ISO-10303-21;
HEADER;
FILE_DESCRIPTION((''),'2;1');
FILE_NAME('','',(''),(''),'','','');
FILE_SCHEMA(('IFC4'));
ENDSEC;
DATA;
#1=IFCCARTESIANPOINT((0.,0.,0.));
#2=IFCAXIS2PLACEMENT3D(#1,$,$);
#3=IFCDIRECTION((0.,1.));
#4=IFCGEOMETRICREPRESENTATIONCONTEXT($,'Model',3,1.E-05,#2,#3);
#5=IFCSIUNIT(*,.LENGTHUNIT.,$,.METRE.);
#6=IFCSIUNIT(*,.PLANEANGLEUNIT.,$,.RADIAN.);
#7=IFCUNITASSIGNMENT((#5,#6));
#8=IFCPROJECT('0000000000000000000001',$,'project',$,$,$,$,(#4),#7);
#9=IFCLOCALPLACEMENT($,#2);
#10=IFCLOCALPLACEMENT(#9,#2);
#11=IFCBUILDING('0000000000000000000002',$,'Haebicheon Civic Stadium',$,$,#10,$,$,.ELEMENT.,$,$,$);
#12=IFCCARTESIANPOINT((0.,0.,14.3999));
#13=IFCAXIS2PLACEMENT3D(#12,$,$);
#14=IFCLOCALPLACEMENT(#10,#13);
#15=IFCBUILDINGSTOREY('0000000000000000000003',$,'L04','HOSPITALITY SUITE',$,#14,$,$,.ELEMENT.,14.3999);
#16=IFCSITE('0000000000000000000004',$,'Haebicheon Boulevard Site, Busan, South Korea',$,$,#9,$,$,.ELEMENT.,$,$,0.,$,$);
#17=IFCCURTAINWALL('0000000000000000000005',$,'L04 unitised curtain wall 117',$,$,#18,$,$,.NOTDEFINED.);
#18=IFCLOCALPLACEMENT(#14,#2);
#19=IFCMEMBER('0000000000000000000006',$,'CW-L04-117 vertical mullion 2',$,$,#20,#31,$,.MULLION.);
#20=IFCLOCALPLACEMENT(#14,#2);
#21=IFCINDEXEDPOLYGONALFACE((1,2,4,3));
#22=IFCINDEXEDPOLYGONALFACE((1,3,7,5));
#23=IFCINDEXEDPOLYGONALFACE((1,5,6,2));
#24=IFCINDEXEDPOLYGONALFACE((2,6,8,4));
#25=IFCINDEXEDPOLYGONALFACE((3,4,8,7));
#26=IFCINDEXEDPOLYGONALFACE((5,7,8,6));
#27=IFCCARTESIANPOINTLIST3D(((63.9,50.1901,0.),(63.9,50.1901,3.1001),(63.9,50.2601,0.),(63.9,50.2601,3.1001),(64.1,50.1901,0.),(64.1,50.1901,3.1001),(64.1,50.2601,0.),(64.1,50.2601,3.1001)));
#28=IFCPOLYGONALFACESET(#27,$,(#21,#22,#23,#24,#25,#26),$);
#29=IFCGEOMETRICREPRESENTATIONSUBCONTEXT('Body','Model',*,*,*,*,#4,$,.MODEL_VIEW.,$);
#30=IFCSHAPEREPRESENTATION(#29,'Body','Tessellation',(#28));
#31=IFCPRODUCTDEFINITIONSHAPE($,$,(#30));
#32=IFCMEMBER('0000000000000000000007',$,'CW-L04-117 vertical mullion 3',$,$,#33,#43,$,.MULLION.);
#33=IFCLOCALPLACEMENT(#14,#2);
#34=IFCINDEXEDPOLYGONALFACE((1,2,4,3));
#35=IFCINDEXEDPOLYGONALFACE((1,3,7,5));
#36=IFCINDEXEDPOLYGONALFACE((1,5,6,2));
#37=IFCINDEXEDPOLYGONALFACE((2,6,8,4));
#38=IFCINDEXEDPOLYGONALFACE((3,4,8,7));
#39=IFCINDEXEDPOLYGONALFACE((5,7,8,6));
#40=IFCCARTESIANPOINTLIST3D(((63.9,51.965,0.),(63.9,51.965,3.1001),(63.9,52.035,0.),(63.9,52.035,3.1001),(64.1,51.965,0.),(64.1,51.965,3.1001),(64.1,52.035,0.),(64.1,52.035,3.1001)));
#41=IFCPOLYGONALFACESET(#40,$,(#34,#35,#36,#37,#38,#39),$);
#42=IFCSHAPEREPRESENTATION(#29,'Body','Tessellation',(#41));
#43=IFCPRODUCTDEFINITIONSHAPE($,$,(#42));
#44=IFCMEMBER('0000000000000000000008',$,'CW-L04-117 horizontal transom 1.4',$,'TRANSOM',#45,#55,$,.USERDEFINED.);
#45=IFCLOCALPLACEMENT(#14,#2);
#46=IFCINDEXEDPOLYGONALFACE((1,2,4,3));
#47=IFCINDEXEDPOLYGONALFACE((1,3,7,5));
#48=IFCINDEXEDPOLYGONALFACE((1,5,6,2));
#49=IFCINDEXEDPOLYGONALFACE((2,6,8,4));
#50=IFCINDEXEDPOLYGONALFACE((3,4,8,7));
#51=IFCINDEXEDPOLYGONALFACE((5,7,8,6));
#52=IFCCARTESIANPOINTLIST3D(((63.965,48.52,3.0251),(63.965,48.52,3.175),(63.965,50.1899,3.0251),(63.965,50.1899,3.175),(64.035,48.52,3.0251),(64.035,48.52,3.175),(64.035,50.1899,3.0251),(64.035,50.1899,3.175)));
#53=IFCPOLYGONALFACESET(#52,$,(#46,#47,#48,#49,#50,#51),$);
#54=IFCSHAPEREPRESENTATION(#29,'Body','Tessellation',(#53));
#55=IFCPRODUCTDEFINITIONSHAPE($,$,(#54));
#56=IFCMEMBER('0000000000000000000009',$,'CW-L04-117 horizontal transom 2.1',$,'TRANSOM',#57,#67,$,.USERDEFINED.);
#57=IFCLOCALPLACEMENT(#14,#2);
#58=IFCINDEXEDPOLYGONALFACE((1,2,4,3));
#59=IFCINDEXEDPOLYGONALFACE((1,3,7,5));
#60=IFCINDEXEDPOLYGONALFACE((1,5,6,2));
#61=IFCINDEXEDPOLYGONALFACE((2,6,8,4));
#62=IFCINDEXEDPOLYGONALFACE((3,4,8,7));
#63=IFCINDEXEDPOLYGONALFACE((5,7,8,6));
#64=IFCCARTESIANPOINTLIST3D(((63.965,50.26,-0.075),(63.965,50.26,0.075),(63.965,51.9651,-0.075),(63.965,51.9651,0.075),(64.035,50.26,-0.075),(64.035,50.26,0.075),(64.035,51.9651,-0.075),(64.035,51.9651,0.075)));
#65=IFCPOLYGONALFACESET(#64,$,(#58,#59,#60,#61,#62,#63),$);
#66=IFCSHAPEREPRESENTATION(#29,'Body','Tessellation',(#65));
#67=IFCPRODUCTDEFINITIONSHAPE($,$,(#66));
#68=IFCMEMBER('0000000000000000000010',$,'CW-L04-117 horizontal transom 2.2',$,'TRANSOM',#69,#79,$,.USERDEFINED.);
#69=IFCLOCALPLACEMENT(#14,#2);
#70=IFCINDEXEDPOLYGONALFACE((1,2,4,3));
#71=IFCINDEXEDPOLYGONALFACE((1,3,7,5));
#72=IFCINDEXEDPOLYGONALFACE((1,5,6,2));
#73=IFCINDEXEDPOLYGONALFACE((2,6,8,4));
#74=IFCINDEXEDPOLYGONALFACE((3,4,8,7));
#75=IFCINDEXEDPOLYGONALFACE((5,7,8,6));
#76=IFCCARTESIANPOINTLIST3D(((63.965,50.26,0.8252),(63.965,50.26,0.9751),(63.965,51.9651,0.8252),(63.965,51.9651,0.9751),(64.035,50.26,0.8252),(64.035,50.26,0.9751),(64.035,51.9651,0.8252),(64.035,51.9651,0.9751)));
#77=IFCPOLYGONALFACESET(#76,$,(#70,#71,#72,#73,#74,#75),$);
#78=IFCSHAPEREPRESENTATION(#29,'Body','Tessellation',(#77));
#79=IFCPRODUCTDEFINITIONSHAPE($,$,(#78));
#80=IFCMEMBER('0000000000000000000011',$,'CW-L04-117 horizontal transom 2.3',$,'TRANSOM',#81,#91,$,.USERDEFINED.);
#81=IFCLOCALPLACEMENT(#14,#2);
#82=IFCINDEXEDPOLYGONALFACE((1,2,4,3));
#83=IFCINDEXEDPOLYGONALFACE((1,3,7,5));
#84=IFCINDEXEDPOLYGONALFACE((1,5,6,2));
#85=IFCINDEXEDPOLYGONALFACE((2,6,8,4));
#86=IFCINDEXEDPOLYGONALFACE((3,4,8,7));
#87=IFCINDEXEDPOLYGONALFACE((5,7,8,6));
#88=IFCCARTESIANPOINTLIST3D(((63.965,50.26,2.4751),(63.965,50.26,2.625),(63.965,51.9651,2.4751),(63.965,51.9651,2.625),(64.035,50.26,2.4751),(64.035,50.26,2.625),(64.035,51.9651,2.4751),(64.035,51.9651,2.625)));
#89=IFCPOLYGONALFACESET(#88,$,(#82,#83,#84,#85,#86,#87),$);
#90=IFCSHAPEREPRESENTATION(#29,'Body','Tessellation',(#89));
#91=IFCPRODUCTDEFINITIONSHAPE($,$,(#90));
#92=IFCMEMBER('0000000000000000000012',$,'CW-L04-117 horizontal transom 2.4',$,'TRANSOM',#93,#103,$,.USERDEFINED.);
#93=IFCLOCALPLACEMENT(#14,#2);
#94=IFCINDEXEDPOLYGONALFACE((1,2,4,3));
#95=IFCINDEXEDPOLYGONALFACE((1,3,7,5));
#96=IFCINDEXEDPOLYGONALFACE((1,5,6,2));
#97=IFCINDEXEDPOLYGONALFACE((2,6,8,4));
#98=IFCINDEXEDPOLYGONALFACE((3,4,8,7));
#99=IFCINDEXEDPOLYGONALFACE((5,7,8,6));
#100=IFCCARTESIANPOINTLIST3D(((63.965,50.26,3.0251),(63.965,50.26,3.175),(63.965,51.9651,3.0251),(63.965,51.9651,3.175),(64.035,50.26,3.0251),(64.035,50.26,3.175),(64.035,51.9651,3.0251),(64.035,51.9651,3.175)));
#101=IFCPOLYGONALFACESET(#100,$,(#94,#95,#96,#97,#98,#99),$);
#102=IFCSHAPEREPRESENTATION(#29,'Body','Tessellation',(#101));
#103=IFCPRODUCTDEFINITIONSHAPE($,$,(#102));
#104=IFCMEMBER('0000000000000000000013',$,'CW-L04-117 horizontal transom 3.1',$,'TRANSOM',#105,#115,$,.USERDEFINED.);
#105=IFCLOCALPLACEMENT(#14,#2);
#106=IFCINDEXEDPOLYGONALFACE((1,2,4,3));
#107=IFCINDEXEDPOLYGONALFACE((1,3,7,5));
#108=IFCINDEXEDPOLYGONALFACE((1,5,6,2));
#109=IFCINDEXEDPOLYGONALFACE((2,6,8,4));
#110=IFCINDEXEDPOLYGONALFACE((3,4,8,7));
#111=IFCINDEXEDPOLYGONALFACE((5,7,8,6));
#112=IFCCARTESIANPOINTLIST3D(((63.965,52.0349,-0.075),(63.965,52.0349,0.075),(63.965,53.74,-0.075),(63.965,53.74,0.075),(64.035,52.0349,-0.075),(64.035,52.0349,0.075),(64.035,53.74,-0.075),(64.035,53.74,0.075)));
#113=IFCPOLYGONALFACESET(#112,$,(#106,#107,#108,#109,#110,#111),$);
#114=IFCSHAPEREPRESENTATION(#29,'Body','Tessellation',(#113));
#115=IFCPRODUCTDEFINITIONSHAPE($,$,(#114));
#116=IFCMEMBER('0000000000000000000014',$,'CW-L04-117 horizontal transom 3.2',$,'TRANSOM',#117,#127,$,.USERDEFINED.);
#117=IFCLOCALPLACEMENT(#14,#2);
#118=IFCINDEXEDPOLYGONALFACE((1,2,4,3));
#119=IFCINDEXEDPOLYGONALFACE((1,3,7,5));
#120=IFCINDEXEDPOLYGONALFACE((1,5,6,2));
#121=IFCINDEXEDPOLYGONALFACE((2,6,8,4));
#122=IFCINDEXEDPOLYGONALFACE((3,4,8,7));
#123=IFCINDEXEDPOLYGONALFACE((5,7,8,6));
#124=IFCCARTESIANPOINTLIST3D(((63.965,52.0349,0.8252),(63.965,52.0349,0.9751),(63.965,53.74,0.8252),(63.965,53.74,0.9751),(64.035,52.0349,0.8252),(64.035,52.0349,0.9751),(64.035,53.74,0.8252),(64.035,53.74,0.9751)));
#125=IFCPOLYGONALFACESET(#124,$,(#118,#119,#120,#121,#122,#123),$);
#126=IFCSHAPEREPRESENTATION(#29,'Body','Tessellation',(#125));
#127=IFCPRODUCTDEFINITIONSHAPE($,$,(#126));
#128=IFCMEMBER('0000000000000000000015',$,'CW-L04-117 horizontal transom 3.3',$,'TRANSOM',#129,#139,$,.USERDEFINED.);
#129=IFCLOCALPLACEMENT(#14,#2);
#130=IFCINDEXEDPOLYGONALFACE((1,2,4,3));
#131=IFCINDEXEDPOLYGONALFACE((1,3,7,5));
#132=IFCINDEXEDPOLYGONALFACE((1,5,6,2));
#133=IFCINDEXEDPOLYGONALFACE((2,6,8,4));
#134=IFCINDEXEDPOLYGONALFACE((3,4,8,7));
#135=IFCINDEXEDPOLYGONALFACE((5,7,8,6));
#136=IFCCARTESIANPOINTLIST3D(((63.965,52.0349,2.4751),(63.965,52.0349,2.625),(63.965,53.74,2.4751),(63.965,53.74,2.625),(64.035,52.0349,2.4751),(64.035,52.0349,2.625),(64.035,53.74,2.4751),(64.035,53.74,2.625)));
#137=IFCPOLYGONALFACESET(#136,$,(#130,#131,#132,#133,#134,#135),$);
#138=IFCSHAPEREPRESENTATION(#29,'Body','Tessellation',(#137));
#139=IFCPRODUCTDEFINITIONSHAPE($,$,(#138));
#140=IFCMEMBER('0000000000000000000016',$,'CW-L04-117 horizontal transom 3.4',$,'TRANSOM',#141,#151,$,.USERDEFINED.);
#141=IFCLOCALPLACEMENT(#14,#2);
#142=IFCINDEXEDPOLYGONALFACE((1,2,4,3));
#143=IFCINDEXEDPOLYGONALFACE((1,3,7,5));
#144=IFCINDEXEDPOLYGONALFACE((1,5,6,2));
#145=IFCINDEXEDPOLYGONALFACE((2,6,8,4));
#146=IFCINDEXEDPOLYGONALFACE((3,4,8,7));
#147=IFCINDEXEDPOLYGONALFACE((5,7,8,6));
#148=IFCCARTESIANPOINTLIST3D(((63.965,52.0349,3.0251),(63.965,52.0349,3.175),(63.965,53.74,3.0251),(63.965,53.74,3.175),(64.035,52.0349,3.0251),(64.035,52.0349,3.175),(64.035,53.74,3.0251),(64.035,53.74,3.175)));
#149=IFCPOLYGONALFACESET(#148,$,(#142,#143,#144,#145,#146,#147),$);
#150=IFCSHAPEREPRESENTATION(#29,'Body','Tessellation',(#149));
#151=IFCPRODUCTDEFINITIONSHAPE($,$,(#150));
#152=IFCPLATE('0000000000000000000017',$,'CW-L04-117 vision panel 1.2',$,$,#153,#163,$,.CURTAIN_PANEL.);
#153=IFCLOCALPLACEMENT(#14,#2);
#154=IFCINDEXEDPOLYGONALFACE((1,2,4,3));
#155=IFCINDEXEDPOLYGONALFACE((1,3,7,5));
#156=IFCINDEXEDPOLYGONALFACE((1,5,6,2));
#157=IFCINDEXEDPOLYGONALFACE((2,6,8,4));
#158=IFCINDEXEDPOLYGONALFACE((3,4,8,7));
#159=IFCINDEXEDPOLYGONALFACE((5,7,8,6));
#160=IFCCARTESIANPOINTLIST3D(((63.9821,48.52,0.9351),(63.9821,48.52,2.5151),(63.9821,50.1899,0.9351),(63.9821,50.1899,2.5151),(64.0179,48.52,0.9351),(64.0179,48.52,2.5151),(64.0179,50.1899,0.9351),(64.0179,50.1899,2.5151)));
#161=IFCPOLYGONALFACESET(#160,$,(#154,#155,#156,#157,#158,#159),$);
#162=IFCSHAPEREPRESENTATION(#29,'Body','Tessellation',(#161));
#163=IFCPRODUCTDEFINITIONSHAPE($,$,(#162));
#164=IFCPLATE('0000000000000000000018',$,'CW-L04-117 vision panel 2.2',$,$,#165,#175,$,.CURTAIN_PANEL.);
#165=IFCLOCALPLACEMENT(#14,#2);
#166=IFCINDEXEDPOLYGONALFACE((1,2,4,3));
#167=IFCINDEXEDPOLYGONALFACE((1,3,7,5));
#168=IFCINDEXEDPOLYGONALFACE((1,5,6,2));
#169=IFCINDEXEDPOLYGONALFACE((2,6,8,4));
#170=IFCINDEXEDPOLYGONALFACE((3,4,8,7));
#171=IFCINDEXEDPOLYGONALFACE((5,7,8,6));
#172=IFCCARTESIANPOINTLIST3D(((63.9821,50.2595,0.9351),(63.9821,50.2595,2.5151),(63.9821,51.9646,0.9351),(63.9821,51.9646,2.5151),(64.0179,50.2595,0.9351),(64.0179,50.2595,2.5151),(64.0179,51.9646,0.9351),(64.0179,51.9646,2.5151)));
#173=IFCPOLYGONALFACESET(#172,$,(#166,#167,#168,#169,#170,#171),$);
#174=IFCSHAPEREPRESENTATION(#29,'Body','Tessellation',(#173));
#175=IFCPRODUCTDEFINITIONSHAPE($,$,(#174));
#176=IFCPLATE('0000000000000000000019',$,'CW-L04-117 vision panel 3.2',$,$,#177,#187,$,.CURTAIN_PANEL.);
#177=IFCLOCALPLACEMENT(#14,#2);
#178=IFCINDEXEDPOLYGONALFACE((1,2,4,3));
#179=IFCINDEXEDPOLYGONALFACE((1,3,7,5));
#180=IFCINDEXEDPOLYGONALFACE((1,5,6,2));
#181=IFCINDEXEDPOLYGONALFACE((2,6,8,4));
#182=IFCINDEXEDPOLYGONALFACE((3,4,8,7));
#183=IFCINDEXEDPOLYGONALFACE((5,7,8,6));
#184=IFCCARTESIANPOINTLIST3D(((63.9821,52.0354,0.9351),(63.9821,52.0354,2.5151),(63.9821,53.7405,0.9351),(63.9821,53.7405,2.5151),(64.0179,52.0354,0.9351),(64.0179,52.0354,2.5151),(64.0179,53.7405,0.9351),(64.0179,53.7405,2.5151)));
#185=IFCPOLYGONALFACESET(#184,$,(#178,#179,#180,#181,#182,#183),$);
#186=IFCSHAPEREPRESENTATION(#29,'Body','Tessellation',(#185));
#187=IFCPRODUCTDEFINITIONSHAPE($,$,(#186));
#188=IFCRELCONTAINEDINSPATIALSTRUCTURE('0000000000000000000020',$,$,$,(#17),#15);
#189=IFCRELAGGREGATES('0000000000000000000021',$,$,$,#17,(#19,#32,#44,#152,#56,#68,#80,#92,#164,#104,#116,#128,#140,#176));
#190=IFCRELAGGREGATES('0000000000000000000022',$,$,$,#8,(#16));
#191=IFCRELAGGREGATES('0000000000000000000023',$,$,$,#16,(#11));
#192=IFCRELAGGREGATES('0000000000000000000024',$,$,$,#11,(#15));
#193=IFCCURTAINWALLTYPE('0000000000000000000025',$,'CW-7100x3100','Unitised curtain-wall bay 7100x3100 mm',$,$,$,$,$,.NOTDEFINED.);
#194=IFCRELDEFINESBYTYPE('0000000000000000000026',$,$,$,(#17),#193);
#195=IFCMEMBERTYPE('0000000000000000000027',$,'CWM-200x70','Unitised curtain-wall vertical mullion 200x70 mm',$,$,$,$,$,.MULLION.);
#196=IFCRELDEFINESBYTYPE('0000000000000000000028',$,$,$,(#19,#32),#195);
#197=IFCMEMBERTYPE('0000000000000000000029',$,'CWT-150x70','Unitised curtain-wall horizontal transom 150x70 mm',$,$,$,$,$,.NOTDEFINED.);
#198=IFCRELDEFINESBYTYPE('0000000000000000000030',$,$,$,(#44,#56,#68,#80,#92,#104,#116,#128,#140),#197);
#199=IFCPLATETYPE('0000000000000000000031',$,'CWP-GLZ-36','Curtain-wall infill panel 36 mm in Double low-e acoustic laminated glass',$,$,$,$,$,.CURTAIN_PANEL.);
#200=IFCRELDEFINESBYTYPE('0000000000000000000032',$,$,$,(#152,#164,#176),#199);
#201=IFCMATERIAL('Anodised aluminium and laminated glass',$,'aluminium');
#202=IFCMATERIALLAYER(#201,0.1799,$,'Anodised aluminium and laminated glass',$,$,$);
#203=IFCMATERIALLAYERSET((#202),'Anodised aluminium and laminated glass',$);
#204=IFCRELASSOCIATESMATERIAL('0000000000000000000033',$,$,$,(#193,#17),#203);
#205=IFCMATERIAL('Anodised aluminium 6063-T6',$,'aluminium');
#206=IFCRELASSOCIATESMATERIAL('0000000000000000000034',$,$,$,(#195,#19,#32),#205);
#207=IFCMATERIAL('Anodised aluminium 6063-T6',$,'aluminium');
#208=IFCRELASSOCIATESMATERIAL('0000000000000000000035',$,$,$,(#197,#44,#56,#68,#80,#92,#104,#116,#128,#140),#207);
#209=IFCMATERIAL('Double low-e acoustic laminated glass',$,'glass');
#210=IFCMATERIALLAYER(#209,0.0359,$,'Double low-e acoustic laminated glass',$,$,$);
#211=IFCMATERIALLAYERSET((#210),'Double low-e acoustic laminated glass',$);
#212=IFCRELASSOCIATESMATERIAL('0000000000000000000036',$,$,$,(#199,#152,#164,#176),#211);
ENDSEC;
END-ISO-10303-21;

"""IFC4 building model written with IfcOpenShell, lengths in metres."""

from ifc_helpers import new_model, si_unit, direction, frame, origin, origin_2d, place, context, subcontext, project, spatial, rectangle, extrude, material, layer, layer_set, material_profile, profile_set, type_object, element, aggregate, save


model = new_model("IFC4")

# Units and contexts
model_context = context("Model", 3, precision=1e-05, world=origin(), true_north=direction((0.0, 1.0)))
body_context = subcontext(model_context, "Body", "Model", "MODEL_VIEW")
ifc_project = project(units=[si_unit("LENGTHUNIT", "METRE"), si_unit("PLANEANGLEUNIT", "RADIAN")], contexts=[model_context])

# Site, building, storey
site_placement = place(None, origin())
site = spatial("IfcSite", under=ifc_project, at=site_placement, Name="Haebicheon Boulevard Site, Busan, South Korea", CompositionType="ELEMENT", RefElevation=0.0)
building_placement = place(site_placement, origin())
building = spatial("IfcBuilding", under=site, at=building_placement, Name="Haebicheon Civic Stadium", CompositionType="ELEMENT")
storey_placement = place(building_placement, frame((0.0, 0.0, 14.3999)))
storey = spatial("IfcBuildingStorey", under=building, at=storey_placement, Name="L04", Description="HOSPITALITY SUITE", CompositionType="ELEMENT", Elevation=14.3999)

# Curtain wall, members, plates
ifc_material_1 = material(Name="Anodised aluminium and laminated glass", Category="aluminium")
ifc_layer_1 = layer(ifc_material_1, 0.1799, Name="Anodised aluminium and laminated glass")
ifc_layer_set_1 = layer_set([ifc_layer_1], Name="Anodised aluminium and laminated glass")
curtain_wall_type = type_object("IfcCurtainWallType", Name="CW-7100x3100", Description="Unitised curtain-wall bay 7100x3100 mm", PredefinedType="NOTDEFINED", material=ifc_layer_set_1)
curtain_wall_placement = place(storey_placement, origin())
curtain_wall = element("IfcCurtainWall", 1, at=curtain_wall_placement, inside=storey, type_object=curtain_wall_type, material=ifc_layer_set_1, Name="L04 unitised curtain wall 117", PredefinedType="NOTDEFINED")
ifc_material_2 = material(Name="Anodised aluminium 6063-T6", Category="aluminium")
ifc_material_profile_1 = material_profile(ifc_material_2, rectangle(XDim=0.0701, YDim=0.2, at=origin_2d()), Name="ALU-MULL-70x200")
ifc_profile_set_1 = profile_set([ifc_material_profile_1], Name="Anodised aluminium 6063-T6")
member_type_1 = type_object("IfcMemberType", Name="CWM-200x70", Description="Unitised curtain-wall vertical mullion 200x70 mm", PredefinedType="MULLION", material=ifc_profile_set_1)
member_1_placement = place(storey_placement, frame((64.0, 50.2251, 0.0), z_axis=(0.0, 0.0, 1.0), x_axis=(0.0, 1.0, 0.0)))
member_1 = element("IfcMember", 2, at=member_1_placement, type_object=member_type_1, material=ifc_profile_set_1, Name="CW-L04-117 vertical mullion 2", PredefinedType="MULLION", context=body_context, shape_type="SweptSolid", body=[
    extrude(rectangle(XDim=0.0701, YDim=0.2, at=origin_2d()), origin(), (0.0, 0.0, 1.0), 3.1001),
])
member_2_placement = place(storey_placement, frame((64.0, 52.0, 0.0), z_axis=(0.0, 0.0, 1.0), x_axis=(0.0, 1.0, 0.0)))
member_2 = element("IfcMember", 3, at=member_2_placement, type_object=member_type_1, material=ifc_profile_set_1, Name="CW-L04-117 vertical mullion 3", PredefinedType="MULLION", context=body_context, shape_type="SweptSolid", body=[
    extrude(rectangle(XDim=0.0701, YDim=0.2, at=origin_2d()), origin(), (0.0, 0.0, 1.0), 3.1001),
])
ifc_material_3 = material(Name="Anodised aluminium 6063-T6", Category="aluminium")
ifc_material_profile_2 = material_profile(ifc_material_3, rectangle(XDim=0.0701, YDim=0.1499, at=origin_2d()), Name="ALU-TRAN-70x150")
ifc_profile_set_2 = profile_set([ifc_material_profile_2], Name="Anodised aluminium 6063-T6")
member_type_2 = type_object("IfcMemberType", Name="CWT-150x70", Description="Unitised curtain-wall horizontal transom 150x70 mm", PredefinedType="NOTDEFINED", material=ifc_profile_set_2)
member_3_placement = place(storey_placement, frame((64.0, 48.52, 3.1001), z_axis=(0.0, 1.0, 0.0), x_axis=(-1.0, 0.0, 0.0)))
member_3 = element("IfcMember", 4, at=member_3_placement, type_object=member_type_2, material=ifc_profile_set_2, Name="CW-L04-117 horizontal transom 1.4", ObjectType="TRANSOM", PredefinedType="USERDEFINED", context=body_context, shape_type="SweptSolid", body=[
    extrude(rectangle(XDim=0.0701, YDim=0.1499, at=origin_2d()), origin(), (0.0, 0.0, 1.0), 1.6699),
])
member_4_placement = place(storey_placement, frame((64.0, 50.26, 0.0), z_axis=(0.0, 1.0, 0.0), x_axis=(-1.0, 0.0, 0.0)))
member_4 = element("IfcMember", 5, at=member_4_placement, type_object=member_type_2, material=ifc_profile_set_2, Name="CW-L04-117 horizontal transom 2.1", ObjectType="TRANSOM", PredefinedType="USERDEFINED", context=body_context, shape_type="SweptSolid", body=[
    extrude(rectangle(XDim=0.0701, YDim=0.1499, at=origin_2d()), origin(), (0.0, 0.0, 1.0), 1.7051),
])
member_5_placement = place(storey_placement, frame((64.0, 50.26, 0.9001), z_axis=(0.0, 1.0, 0.0), x_axis=(-1.0, 0.0, 0.0)))
member_5 = element("IfcMember", 6, at=member_5_placement, type_object=member_type_2, material=ifc_profile_set_2, Name="CW-L04-117 horizontal transom 2.2", ObjectType="TRANSOM", PredefinedType="USERDEFINED", context=body_context, shape_type="SweptSolid", body=[
    extrude(rectangle(XDim=0.0701, YDim=0.1499, at=origin_2d()), origin(), (0.0, 0.0, 1.0), 1.7051),
])
member_6_placement = place(storey_placement, frame((64.0, 50.26, 2.55), z_axis=(0.0, 1.0, 0.0), x_axis=(-1.0, 0.0, 0.0)))
member_6 = element("IfcMember", 7, at=member_6_placement, type_object=member_type_2, material=ifc_profile_set_2, Name="CW-L04-117 horizontal transom 2.3", ObjectType="TRANSOM", PredefinedType="USERDEFINED", context=body_context, shape_type="SweptSolid", body=[
    extrude(rectangle(XDim=0.0701, YDim=0.1499, at=origin_2d()), origin(), (0.0, 0.0, 1.0), 1.7051),
])
member_7_placement = place(storey_placement, frame((64.0, 50.26, 3.1001), z_axis=(0.0, 1.0, 0.0), x_axis=(-1.0, 0.0, 0.0)))
member_7 = element("IfcMember", 8, at=member_7_placement, type_object=member_type_2, material=ifc_profile_set_2, Name="CW-L04-117 horizontal transom 2.4", ObjectType="TRANSOM", PredefinedType="USERDEFINED", context=body_context, shape_type="SweptSolid", body=[
    extrude(rectangle(XDim=0.0701, YDim=0.1499, at=origin_2d()), origin(), (0.0, 0.0, 1.0), 1.7051),
])
member_8_placement = place(storey_placement, frame((64.0, 52.0349, 0.0), z_axis=(0.0, 1.0, 0.0), x_axis=(-1.0, 0.0, 0.0)))
member_8 = element("IfcMember", 9, at=member_8_placement, type_object=member_type_2, material=ifc_profile_set_2, Name="CW-L04-117 horizontal transom 3.1", ObjectType="TRANSOM", PredefinedType="USERDEFINED", context=body_context, shape_type="SweptSolid", body=[
    extrude(rectangle(XDim=0.0701, YDim=0.1499, at=origin_2d()), origin(), (0.0, 0.0, 1.0), 1.7051),
])
member_9_placement = place(storey_placement, frame((64.0, 52.0349, 0.9001), z_axis=(0.0, 1.0, 0.0), x_axis=(-1.0, 0.0, 0.0)))
member_9 = element("IfcMember", 10, at=member_9_placement, type_object=member_type_2, material=ifc_profile_set_2, Name="CW-L04-117 horizontal transom 3.2", ObjectType="TRANSOM", PredefinedType="USERDEFINED", context=body_context, shape_type="SweptSolid", body=[
    extrude(rectangle(XDim=0.0701, YDim=0.1499, at=origin_2d()), origin(), (0.0, 0.0, 1.0), 1.7051),
])
member_10_placement = place(storey_placement, frame((64.0, 52.0349, 2.55), z_axis=(0.0, 1.0, 0.0), x_axis=(-1.0, 0.0, 0.0)))
member_10 = element("IfcMember", 11, at=member_10_placement, type_object=member_type_2, material=ifc_profile_set_2, Name="CW-L04-117 horizontal transom 3.3", ObjectType="TRANSOM", PredefinedType="USERDEFINED", context=body_context, shape_type="SweptSolid", body=[
    extrude(rectangle(XDim=0.0701, YDim=0.1499, at=origin_2d()), origin(), (0.0, 0.0, 1.0), 1.7051),
])
member_11_placement = place(storey_placement, frame((64.0, 52.0349, 3.1001), z_axis=(0.0, 1.0, 0.0), x_axis=(-1.0, 0.0, 0.0)))
member_11 = element("IfcMember", 12, at=member_11_placement, type_object=member_type_2, material=ifc_profile_set_2, Name="CW-L04-117 horizontal transom 3.4", ObjectType="TRANSOM", PredefinedType="USERDEFINED", context=body_context, shape_type="SweptSolid", body=[
    extrude(rectangle(XDim=0.0701, YDim=0.1499, at=origin_2d()), origin(), (0.0, 0.0, 1.0), 1.7051),
])
ifc_material_4 = material(Name="Double low-e acoustic laminated glass", Category="glass")
ifc_layer_2 = layer(ifc_material_4, 0.0359, Name="Double low-e acoustic laminated glass")
ifc_layer_set_2 = layer_set([ifc_layer_2], Name="Double low-e acoustic laminated glass")
plate_type_1 = type_object("IfcPlateType", Name="CWP-GLZ-36", Description="Curtain-wall infill panel 36 mm in Double low-e acoustic laminated glass", PredefinedType="CURTAIN_PANEL", material=ifc_layer_set_2)
plate_1_placement = place(storey_placement, frame((64.0, 49.355, 0.9351), z_axis=(0.0, 0.0, 1.0), x_axis=(0.0, 1.0, 0.0)))
plate_1 = element("IfcPlate", 13, at=plate_1_placement, type_object=plate_type_1, material=ifc_layer_set_2, Name="CW-L04-117 vision panel 1.2", PredefinedType="CURTAIN_PANEL", context=body_context, shape_type="SweptSolid", body=[
    extrude(rectangle(XDim=1.6699, YDim=0.0359, at=origin_2d()), origin(), (0.0, 0.0, 1.0), 1.5801),
])
plate_2_placement = place(storey_placement, frame((64.0, 51.1121, 0.9351), z_axis=(0.0, 0.0, 1.0), x_axis=(0.0, 1.0, 0.0)))
plate_2 = element("IfcPlate", 14, at=plate_2_placement, type_object=plate_type_1, material=ifc_layer_set_2, Name="CW-L04-117 vision panel 2.2", PredefinedType="CURTAIN_PANEL", context=body_context, shape_type="SweptSolid", body=[
    extrude(rectangle(XDim=1.7051, YDim=0.0359, at=origin_2d()), origin(), (0.0, 0.0, 1.0), 1.5801),
])
plate_3_placement = place(storey_placement, frame((64.0, 52.8879, 0.9351), z_axis=(0.0, 0.0, 1.0), x_axis=(0.0, 1.0, 0.0)))
plate_3 = element("IfcPlate", 15, at=plate_3_placement, type_object=plate_type_1, material=ifc_layer_set_2, Name="CW-L04-117 vision panel 3.2", PredefinedType="CURTAIN_PANEL", context=body_context, shape_type="SweptSolid", body=[
    extrude(rectangle(XDim=1.7051, YDim=0.0359, at=origin_2d()), origin(), (0.0, 0.0, 1.0), 1.5801),
])
aggregate(curtain_wall, [member_1, member_2, member_3, plate_1, member_4, member_5, member_6, member_7, plate_2, member_8, member_9, member_10, member_11, plate_3])

save(model, "model.ifc")
